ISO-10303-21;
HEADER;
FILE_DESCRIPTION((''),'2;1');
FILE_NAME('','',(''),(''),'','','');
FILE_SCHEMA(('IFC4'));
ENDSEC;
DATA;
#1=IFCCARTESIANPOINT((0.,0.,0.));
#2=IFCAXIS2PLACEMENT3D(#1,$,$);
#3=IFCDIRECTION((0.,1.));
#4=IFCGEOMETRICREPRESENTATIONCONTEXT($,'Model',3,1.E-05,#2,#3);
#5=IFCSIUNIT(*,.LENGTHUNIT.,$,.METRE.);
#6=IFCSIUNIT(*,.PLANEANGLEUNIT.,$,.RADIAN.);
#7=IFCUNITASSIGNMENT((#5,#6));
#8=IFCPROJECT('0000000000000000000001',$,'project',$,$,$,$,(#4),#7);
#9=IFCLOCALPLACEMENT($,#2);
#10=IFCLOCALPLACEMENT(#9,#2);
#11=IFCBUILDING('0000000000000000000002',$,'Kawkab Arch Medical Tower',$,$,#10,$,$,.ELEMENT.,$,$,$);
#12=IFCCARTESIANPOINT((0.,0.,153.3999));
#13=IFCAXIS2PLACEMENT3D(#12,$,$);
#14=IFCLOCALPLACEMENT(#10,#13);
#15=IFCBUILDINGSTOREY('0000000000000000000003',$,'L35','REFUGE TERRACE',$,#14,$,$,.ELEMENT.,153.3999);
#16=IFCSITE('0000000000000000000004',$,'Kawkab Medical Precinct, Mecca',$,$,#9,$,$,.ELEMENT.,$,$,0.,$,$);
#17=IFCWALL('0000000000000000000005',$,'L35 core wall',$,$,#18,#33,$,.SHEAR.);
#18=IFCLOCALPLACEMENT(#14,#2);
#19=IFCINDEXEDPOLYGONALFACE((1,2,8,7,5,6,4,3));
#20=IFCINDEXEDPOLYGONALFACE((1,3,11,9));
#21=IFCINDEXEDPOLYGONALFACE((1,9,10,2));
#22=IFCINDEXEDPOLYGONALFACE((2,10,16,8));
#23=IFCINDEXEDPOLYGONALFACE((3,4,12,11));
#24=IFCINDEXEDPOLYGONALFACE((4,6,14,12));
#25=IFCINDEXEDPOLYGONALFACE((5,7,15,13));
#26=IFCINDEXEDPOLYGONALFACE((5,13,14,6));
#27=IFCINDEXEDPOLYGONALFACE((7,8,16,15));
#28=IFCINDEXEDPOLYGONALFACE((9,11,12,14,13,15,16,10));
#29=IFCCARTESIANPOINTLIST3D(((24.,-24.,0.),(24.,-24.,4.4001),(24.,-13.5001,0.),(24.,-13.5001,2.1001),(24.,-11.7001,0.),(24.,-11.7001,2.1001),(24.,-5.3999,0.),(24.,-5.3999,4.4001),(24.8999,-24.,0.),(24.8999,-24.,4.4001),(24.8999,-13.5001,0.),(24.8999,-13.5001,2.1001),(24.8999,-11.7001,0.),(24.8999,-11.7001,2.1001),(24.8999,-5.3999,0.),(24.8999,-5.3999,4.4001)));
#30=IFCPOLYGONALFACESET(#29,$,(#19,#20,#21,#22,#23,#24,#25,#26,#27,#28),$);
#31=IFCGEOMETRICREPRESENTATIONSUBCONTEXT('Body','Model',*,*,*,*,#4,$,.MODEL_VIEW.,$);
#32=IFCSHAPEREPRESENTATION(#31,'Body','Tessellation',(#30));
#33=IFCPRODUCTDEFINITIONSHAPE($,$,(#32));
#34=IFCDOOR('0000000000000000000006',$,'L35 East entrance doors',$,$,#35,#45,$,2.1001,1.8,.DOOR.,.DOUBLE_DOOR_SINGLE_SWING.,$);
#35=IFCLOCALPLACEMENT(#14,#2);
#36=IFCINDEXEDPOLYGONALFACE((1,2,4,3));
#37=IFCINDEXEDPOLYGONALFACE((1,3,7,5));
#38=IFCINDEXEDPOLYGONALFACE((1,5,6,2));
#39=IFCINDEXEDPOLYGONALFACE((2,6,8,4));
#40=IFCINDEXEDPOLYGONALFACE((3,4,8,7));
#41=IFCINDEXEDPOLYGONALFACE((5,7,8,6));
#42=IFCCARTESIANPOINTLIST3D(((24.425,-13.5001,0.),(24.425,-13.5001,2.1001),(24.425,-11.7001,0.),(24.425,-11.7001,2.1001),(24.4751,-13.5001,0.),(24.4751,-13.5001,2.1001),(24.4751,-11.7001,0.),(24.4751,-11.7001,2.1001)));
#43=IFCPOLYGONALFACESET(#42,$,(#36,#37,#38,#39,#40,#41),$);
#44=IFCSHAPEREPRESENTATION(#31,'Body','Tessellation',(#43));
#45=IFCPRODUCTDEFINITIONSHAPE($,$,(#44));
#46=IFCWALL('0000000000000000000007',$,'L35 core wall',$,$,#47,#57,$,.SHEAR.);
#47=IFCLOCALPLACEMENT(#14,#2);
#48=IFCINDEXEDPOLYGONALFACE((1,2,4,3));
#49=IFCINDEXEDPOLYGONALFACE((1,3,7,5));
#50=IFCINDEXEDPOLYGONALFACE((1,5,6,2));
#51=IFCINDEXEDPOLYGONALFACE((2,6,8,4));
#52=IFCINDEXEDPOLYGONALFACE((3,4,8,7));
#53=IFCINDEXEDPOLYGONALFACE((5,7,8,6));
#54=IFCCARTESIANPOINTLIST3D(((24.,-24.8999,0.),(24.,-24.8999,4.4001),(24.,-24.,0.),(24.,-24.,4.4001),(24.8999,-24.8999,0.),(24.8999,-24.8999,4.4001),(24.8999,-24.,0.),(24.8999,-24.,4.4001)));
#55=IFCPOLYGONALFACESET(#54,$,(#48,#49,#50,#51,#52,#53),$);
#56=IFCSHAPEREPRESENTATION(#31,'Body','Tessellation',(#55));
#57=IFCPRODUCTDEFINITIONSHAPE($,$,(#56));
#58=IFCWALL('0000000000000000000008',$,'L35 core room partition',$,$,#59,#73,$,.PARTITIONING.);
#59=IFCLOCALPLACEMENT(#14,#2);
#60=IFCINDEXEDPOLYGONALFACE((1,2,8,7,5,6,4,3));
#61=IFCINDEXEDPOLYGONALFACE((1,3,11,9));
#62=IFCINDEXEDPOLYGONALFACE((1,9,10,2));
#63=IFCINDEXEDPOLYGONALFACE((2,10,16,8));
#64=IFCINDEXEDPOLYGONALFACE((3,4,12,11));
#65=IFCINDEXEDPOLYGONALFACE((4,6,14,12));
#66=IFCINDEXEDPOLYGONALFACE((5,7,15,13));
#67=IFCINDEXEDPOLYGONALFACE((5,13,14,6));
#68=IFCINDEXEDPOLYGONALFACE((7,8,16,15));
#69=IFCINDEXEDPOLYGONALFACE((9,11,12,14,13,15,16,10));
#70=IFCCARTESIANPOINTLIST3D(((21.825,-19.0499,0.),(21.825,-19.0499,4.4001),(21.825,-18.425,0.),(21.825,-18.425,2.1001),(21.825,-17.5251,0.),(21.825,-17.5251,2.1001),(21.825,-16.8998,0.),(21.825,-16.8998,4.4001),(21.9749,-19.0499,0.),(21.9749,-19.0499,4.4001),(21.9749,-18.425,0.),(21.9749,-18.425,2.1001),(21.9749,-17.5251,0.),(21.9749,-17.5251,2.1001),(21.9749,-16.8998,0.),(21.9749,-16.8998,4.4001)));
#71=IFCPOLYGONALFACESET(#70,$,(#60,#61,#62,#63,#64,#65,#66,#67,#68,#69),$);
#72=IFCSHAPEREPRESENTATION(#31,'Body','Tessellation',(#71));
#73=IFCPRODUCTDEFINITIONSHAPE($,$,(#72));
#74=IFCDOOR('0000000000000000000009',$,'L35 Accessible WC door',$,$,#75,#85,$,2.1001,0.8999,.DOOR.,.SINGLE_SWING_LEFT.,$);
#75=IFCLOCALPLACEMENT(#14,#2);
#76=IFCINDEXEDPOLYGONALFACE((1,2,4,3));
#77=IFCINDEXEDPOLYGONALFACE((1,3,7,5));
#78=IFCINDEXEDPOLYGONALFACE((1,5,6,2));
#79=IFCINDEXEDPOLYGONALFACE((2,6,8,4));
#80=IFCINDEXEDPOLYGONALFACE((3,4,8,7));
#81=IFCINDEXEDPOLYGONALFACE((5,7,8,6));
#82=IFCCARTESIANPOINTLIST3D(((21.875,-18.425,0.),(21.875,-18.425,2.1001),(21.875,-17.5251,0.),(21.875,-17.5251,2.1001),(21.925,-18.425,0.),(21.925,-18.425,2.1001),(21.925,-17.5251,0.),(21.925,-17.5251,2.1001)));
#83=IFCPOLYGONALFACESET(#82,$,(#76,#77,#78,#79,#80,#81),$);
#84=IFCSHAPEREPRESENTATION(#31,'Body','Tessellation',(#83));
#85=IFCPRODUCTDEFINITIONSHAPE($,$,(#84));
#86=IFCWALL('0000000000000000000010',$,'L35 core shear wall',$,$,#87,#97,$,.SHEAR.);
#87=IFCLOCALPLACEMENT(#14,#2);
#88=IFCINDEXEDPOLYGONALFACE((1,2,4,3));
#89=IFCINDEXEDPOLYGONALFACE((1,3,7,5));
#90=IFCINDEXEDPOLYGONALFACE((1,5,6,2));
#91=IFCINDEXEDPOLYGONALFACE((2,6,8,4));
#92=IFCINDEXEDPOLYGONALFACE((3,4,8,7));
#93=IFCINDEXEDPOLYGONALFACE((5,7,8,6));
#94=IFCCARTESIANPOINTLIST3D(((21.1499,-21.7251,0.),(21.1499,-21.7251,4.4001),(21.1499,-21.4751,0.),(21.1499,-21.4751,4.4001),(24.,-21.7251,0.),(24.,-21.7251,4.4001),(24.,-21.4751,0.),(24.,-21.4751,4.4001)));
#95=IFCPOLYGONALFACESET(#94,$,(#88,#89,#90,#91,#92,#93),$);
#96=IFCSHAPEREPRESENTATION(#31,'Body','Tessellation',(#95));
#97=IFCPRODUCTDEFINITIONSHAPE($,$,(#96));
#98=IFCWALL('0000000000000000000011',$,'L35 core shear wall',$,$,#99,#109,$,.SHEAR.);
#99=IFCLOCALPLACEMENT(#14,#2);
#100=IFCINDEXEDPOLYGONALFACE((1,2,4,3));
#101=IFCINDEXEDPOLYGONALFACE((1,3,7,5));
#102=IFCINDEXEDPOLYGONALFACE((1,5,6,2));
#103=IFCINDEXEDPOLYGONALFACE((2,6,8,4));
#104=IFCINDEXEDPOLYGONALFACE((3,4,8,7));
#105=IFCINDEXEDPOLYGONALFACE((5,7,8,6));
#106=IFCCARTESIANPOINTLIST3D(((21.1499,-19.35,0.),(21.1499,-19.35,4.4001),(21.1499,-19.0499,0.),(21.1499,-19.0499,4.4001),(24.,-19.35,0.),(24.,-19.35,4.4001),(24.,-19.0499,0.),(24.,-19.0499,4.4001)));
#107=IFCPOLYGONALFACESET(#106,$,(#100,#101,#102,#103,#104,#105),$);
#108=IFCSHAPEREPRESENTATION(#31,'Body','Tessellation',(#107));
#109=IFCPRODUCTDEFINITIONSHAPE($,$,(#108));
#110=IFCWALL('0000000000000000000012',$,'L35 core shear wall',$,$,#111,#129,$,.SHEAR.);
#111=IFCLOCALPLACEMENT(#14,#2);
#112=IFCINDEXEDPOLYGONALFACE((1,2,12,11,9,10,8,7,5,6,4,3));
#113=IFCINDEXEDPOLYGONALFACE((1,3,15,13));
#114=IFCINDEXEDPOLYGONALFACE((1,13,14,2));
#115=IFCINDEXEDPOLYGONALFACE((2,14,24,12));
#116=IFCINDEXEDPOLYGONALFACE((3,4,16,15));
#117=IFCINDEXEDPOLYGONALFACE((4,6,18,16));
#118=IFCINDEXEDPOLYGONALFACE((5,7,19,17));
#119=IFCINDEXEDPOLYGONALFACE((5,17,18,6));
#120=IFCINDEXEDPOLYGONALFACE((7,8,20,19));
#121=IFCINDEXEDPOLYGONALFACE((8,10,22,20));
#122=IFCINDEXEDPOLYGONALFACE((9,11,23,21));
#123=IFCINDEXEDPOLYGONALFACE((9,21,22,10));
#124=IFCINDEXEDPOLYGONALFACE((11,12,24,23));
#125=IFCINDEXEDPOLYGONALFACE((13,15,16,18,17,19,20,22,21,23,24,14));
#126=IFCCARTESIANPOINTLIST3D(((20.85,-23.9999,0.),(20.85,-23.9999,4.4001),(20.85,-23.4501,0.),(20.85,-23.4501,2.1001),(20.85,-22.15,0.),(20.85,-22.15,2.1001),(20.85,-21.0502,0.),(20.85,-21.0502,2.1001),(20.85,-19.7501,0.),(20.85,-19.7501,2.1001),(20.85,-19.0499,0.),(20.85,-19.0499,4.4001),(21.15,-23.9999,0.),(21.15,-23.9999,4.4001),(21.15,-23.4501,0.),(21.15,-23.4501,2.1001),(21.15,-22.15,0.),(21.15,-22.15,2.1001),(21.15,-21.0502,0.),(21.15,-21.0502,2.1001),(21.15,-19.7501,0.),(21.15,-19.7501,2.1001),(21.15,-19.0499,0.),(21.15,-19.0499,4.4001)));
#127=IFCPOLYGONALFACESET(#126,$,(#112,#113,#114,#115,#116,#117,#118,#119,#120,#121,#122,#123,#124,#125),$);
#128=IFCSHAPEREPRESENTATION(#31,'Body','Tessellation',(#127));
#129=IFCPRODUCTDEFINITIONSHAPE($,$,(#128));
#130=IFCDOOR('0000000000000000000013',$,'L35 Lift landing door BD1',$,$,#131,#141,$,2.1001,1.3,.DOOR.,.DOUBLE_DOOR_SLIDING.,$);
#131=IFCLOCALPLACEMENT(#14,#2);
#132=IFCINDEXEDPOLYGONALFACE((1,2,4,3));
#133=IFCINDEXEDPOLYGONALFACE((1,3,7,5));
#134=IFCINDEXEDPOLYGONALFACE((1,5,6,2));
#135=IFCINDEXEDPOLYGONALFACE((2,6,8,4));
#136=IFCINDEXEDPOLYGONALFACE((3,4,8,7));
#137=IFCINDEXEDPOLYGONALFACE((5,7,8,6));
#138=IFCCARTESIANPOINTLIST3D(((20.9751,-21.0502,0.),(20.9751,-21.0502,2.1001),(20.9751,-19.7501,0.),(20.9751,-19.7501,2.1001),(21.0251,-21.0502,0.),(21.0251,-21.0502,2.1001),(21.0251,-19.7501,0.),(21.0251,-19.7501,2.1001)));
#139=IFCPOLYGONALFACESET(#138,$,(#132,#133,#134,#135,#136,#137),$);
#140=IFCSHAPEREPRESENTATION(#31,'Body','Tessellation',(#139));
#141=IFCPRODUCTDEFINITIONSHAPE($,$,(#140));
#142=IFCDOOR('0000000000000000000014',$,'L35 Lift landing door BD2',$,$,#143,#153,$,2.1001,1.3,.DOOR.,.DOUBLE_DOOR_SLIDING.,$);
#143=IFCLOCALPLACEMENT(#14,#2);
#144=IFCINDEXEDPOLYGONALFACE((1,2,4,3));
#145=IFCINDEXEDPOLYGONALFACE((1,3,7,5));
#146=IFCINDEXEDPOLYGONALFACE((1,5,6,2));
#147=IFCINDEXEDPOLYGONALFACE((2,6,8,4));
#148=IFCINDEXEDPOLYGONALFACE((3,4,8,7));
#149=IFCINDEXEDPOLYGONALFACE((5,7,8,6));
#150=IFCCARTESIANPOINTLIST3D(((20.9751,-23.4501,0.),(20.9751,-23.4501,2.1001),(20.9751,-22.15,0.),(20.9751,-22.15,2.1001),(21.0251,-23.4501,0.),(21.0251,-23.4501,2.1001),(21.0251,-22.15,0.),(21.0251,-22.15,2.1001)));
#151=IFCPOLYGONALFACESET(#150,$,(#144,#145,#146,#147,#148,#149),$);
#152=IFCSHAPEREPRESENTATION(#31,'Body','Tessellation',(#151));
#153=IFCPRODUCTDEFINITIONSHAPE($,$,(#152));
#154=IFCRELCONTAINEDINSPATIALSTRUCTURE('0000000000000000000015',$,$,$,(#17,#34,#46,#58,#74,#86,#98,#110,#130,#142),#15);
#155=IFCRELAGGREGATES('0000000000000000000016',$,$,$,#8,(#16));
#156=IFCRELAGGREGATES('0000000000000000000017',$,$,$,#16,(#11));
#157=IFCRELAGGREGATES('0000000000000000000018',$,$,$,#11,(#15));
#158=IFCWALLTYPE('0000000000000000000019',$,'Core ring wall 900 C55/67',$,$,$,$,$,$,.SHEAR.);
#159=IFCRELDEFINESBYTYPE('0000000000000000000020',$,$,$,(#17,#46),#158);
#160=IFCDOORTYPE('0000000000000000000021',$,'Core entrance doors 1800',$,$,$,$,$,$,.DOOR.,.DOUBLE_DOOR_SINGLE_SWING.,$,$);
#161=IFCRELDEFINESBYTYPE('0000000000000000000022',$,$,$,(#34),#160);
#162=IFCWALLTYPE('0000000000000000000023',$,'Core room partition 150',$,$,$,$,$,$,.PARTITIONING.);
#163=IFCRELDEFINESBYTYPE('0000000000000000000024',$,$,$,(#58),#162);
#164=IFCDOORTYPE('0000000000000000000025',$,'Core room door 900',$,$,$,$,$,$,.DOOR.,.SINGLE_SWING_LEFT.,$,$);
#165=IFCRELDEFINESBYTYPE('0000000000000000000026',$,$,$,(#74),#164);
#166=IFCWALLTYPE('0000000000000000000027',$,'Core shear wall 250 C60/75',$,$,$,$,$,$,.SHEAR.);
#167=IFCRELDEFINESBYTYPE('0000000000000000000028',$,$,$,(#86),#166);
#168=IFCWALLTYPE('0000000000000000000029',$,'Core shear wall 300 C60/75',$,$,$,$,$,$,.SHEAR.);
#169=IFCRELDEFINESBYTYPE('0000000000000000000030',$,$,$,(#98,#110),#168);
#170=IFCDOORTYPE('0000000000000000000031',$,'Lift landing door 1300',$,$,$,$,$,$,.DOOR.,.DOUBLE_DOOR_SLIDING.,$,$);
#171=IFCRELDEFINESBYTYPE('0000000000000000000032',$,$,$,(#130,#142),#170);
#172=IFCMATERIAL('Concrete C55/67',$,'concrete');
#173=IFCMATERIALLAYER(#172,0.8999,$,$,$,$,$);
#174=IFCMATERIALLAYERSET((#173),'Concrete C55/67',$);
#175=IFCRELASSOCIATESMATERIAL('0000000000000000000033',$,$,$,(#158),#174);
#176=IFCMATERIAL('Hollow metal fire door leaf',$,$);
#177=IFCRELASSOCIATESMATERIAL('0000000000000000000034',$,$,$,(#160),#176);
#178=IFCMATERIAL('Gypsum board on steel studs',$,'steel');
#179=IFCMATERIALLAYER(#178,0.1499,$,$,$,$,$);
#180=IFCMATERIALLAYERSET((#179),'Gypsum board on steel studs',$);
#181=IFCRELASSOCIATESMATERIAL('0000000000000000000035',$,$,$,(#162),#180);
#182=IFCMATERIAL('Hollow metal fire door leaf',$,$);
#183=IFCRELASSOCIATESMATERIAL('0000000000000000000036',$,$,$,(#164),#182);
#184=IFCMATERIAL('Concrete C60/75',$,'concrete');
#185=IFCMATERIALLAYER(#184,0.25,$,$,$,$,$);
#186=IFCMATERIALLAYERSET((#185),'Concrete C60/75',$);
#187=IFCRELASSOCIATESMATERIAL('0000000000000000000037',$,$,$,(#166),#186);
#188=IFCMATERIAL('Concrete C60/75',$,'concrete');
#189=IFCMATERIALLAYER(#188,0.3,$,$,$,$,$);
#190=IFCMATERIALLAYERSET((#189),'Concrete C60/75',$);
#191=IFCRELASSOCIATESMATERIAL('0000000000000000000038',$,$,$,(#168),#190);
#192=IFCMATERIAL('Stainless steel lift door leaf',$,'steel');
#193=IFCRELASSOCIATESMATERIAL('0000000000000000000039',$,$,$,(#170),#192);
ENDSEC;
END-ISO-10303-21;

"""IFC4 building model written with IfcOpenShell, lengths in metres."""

from ifc_helpers import new_model, si_unit, direction, frame, frame_2d, origin, place, context, subcontext, project, spatial, rectangle, extrude, material, layer, layer_set, type_object, element, fill, save


model = new_model("IFC4")

# Units and contexts
model_context = context("Model", 3, precision=1e-05, world=origin(), true_north=direction((0.0, 1.0)))
body_context = subcontext(model_context, "Body", "Model", "MODEL_VIEW")
ifc_project = project(units=[si_unit("LENGTHUNIT", "METRE"), si_unit("PLANEANGLEUNIT", "RADIAN")], contexts=[model_context])

# Site, building, storey
site_placement = place(None, origin())
site = spatial("IfcSite", under=ifc_project, at=site_placement, Name="Kawkab Medical Precinct, Mecca", CompositionType="ELEMENT", RefElevation=0.0)
building_placement = place(site_placement, origin())
building = spatial("IfcBuilding", under=site, at=building_placement, Name="Kawkab Arch Medical Tower", CompositionType="ELEMENT")
storey_placement = place(building_placement, frame((0.0, 0.0, 153.3999)))
storey = spatial("IfcBuildingStorey", under=building, at=storey_placement, Name="L35", Description="REFUGE TERRACE", CompositionType="ELEMENT", Elevation=153.3999)

# Wall, opening, door
ifc_material_1 = material(Name="Concrete C55/67", Category="concrete")
ifc_layer_1 = layer(ifc_material_1, 0.8999)
ifc_layer_set_1 = layer_set([ifc_layer_1], Name="Concrete C55/67")
wall_type_1 = type_object("IfcWallType", Name="Core ring wall 900 C55/67", PredefinedType="SHEAR", material=ifc_layer_set_1)
wall_1_placement = place(storey_placement, frame((24.45, -24.0, 0.0), z_axis=(0.0, 0.0, 1.0), x_axis=(0.0, 1.0, 0.0)))
wall_1 = element("IfcWall", 1, at=wall_1_placement, inside=storey, type_object=wall_type_1, Name="L35 core wall", PredefinedType="SHEAR", context=body_context, shape_type="SweptSolid", body=[
    extrude(rectangle(XDim=18.6001, YDim=0.8999, at=frame_2d((9.3, 0.0))), origin(), (0.0, 0.0, 1.0), 4.4001),
])
opening_1_placement = place(wall_1_placement, frame((10.5, 0.0, 0.0)))
opening_1 = element("IfcOpeningElement", 2, at=opening_1_placement, cuts=wall_1, PredefinedType="OPENING", context=body_context, shape_type="SweptSolid", body=[
    extrude(rectangle(XDim=1.8, YDim=2.1001, at=frame_2d((0.8999, 1.05))), frame((0.0, 0.46, 0.0), z_axis=(0.0, -1.0, 0.0), x_axis=(1.0, 0.0, 0.0)), (0.0, 0.0, 1.0), 0.9199),
])
ifc_material_2 = material(Name="Hollow metal fire door leaf")
door_type_1 = type_object("IfcDoorType", Name="Core entrance doors 1800", OperationType="DOUBLE_DOOR_SINGLE_SWING", PredefinedType="DOOR", material=ifc_material_2)
door_1_placement = place(opening_1_placement, origin())
door_1 = element("IfcDoor", 3, at=door_1_placement, inside=storey, type_object=door_type_1, Name="L35 East entrance doors", OperationType="DOUBLE_DOOR_SINGLE_SWING", OverallHeight=2.1001, OverallWidth=1.8, PredefinedType="DOOR", context=body_context, shape_type="SweptSolid", body=[
    extrude(rectangle(XDim=1.8, YDim=2.1001, at=frame_2d((0.8999, 1.05))), frame((0.0, 0.0249, 0.0), z_axis=(0.0, -1.0, 0.0), x_axis=(1.0, 0.0, 0.0)), (0.0, 0.0, 1.0), 0.05),
])
fill(opening_1, door_1)

# Wall
wall_2_placement = place(storey_placement, frame((24.45, -24.8999, 0.0), z_axis=(0.0, 0.0, 1.0), x_axis=(0.0, 1.0, 0.0)))
element("IfcWall", 4, at=wall_2_placement, inside=storey, type_object=wall_type_1, Name="L35 core wall", PredefinedType="SHEAR", context=body_context, shape_type="SweptSolid", body=[
    extrude(rectangle(XDim=0.8999, YDim=0.8999, at=frame_2d((0.45, 0.0))), origin(), (0.0, 0.0, 1.0), 4.4001),
])

# Wall, opening, door
ifc_material_3 = material(Name="Gypsum board on steel studs", Category="steel")
ifc_layer_2 = layer(ifc_material_3, 0.1499)
ifc_layer_set_2 = layer_set([ifc_layer_2], Name="Gypsum board on steel studs")
wall_type_2 = type_object("IfcWallType", Name="Core room partition 150", PredefinedType="PARTITIONING", material=ifc_layer_set_2)
wall_3_placement = place(storey_placement, frame((21.8999, -19.05, 0.0), z_axis=(0.0, 0.0, 1.0), x_axis=(0.0, 1.0, 0.0)))
wall_3 = element("IfcWall", 5, at=wall_3_placement, inside=storey, type_object=wall_type_2, Name="L35 core room partition", PredefinedType="PARTITIONING", context=body_context, shape_type="SweptSolid", body=[
    extrude(rectangle(XDim=2.1501, YDim=0.1499, at=frame_2d((1.0752, 0.0))), origin(), (0.0, 0.0, 1.0), 4.4001),
])
opening_2_placement = place(wall_3_placement, frame((0.625, 0.0, 0.0)))
opening_2 = element("IfcOpeningElement", 6, at=opening_2_placement, cuts=wall_3, PredefinedType="OPENING", context=body_context, shape_type="SweptSolid", body=[
    extrude(rectangle(XDim=0.8999, YDim=2.1001, at=frame_2d((0.45, 1.05))), frame((0.0, 0.085, 0.0), z_axis=(0.0, -1.0, 0.0), x_axis=(1.0, 0.0, 0.0)), (0.0, 0.0, 1.0), 0.1699),
])
ifc_material_4 = material(Name="Hollow metal fire door leaf")
door_type_2 = type_object("IfcDoorType", Name="Core room door 900", OperationType="SINGLE_SWING_LEFT", PredefinedType="DOOR", material=ifc_material_4)
door_2_placement = place(opening_2_placement, origin())
door_2 = element("IfcDoor", 7, at=door_2_placement, inside=storey, type_object=door_type_2, Name="L35 Accessible WC door", OperationType="SINGLE_SWING_LEFT", OverallHeight=2.1001, OverallWidth=0.8999, PredefinedType="DOOR", context=body_context, shape_type="SweptSolid", body=[
    extrude(rectangle(XDim=0.8999, YDim=2.1001, at=frame_2d((0.45, 1.05))), frame((0.0, 0.0249, 0.0), z_axis=(0.0, -1.0, 0.0), x_axis=(1.0, 0.0, 0.0)), (0.0, 0.0, 1.0), 0.05),
])
fill(opening_2, door_2)

# Walls
ifc_material_5 = material(Name="Concrete C60/75", Category="concrete")
ifc_layer_3 = layer(ifc_material_5, 0.25)
ifc_layer_set_3 = layer_set([ifc_layer_3], Name="Concrete C60/75")
wall_type_3 = type_object("IfcWallType", Name="Core shear wall 250 C60/75", PredefinedType="SHEAR", material=ifc_layer_set_3)
wall_4_placement = place(storey_placement, frame((21.1499, -21.6001, 0.0), z_axis=(0.0, 0.0, 1.0), x_axis=(1.0, 0.0, 0.0)))
element("IfcWall", 8, at=wall_4_placement, inside=storey, type_object=wall_type_3, Name="L35 core shear wall", PredefinedType="SHEAR", context=body_context, shape_type="SweptSolid", body=[
    extrude(rectangle(XDim=2.8501, YDim=0.25, at=frame_2d((1.425, 0.0))), origin(), (0.0, 0.0, 1.0), 4.4001),
])
ifc_material_6 = material(Name="Concrete C60/75", Category="concrete")
ifc_layer_4 = layer(ifc_material_6, 0.3)
ifc_layer_set_4 = layer_set([ifc_layer_4], Name="Concrete C60/75")
wall_type_4 = type_object("IfcWallType", Name="Core shear wall 300 C60/75", PredefinedType="SHEAR", material=ifc_layer_set_4)
wall_5_placement = place(storey_placement, frame((21.1499, -19.2, 0.0), z_axis=(0.0, 0.0, 1.0), x_axis=(1.0, 0.0, 0.0)))
element("IfcWall", 9, at=wall_5_placement, inside=storey, type_object=wall_type_4, Name="L35 core shear wall", PredefinedType="SHEAR", context=body_context, shape_type="SweptSolid", body=[
    extrude(rectangle(XDim=2.8501, YDim=0.3, at=frame_2d((1.425, 0.0))), origin(), (0.0, 0.0, 1.0), 4.4001),
])

# Wall, openings, doors
wall_6_placement = place(storey_placement, frame((21.0, -24.0, 0.0), z_axis=(0.0, 0.0, 1.0), x_axis=(0.0, 1.0, 0.0)))
wall_6 = element("IfcWall", 10, at=wall_6_placement, inside=storey, type_object=wall_type_4, Name="L35 core shear wall", PredefinedType="SHEAR", context=body_context, shape_type="SweptSolid", body=[
    extrude(rectangle(XDim=4.95, YDim=0.3, at=frame_2d((2.4751, 0.0))), origin(), (0.0, 0.0, 1.0), 4.4001),
])
opening_3_placement = place(wall_6_placement, frame((2.95, 0.0, 0.0)))
opening_3 = element("IfcOpeningElement", 11, at=opening_3_placement, cuts=wall_6, PredefinedType="OPENING", context=body_context, shape_type="SweptSolid", body=[
    extrude(rectangle(XDim=1.3, YDim=2.1001, at=frame_2d((0.6499, 1.05))), frame((0.0, 0.1599, 0.0), z_axis=(0.0, -1.0, 0.0), x_axis=(1.0, 0.0, 0.0)), (0.0, 0.0, 1.0), 0.3201),
])
opening_4_placement = place(wall_6_placement, frame((0.55, 0.0, 0.0)))
opening_4 = element("IfcOpeningElement", 12, at=opening_4_placement, cuts=wall_6, PredefinedType="OPENING", context=body_context, shape_type="SweptSolid", body=[
    extrude(rectangle(XDim=1.3, YDim=2.1001, at=frame_2d((0.6499, 1.05))), frame((0.0, 0.1599, 0.0), z_axis=(0.0, -1.0, 0.0), x_axis=(1.0, 0.0, 0.0)), (0.0, 0.0, 1.0), 0.3201),
])
ifc_material_7 = material(Name="Stainless steel lift door leaf", Category="steel")
door_type_3 = type_object("IfcDoorType", Name="Lift landing door 1300", OperationType="DOUBLE_DOOR_SLIDING", PredefinedType="DOOR", material=ifc_material_7)
door_3_placement = place(opening_3_placement, origin())
door_3 = element("IfcDoor", 13, at=door_3_placement, inside=storey, type_object=door_type_3, Name="L35 Lift landing door BD1", OperationType="DOUBLE_DOOR_SLIDING", OverallHeight=2.1001, OverallWidth=1.3, PredefinedType="DOOR", context=body_context, shape_type="SweptSolid", body=[
    extrude(rectangle(XDim=1.3, YDim=2.1001, at=frame_2d((0.6499, 1.05))), frame((0.0, 0.0249, 0.0), z_axis=(0.0, -1.0, 0.0), x_axis=(1.0, 0.0, 0.0)), (0.0, 0.0, 1.0), 0.05),
])
fill(opening_3, door_3)
door_4_placement = place(opening_4_placement, origin())
door_4 = element("IfcDoor", 14, at=door_4_placement, inside=storey, type_object=door_type_3, Name="L35 Lift landing door BD2", OperationType="DOUBLE_DOOR_SLIDING", OverallHeight=2.1001, OverallWidth=1.3, PredefinedType="DOOR", context=body_context, shape_type="SweptSolid", body=[
    extrude(rectangle(XDim=1.3, YDim=2.1001, at=frame_2d((0.6499, 1.05))), frame((0.0, 0.0249, 0.0), z_axis=(0.0, -1.0, 0.0), x_axis=(1.0, 0.0, 0.0)), (0.0, 0.0, 1.0), 0.05),
])
fill(opening_4, door_4)

save(model, "model.ifc")
